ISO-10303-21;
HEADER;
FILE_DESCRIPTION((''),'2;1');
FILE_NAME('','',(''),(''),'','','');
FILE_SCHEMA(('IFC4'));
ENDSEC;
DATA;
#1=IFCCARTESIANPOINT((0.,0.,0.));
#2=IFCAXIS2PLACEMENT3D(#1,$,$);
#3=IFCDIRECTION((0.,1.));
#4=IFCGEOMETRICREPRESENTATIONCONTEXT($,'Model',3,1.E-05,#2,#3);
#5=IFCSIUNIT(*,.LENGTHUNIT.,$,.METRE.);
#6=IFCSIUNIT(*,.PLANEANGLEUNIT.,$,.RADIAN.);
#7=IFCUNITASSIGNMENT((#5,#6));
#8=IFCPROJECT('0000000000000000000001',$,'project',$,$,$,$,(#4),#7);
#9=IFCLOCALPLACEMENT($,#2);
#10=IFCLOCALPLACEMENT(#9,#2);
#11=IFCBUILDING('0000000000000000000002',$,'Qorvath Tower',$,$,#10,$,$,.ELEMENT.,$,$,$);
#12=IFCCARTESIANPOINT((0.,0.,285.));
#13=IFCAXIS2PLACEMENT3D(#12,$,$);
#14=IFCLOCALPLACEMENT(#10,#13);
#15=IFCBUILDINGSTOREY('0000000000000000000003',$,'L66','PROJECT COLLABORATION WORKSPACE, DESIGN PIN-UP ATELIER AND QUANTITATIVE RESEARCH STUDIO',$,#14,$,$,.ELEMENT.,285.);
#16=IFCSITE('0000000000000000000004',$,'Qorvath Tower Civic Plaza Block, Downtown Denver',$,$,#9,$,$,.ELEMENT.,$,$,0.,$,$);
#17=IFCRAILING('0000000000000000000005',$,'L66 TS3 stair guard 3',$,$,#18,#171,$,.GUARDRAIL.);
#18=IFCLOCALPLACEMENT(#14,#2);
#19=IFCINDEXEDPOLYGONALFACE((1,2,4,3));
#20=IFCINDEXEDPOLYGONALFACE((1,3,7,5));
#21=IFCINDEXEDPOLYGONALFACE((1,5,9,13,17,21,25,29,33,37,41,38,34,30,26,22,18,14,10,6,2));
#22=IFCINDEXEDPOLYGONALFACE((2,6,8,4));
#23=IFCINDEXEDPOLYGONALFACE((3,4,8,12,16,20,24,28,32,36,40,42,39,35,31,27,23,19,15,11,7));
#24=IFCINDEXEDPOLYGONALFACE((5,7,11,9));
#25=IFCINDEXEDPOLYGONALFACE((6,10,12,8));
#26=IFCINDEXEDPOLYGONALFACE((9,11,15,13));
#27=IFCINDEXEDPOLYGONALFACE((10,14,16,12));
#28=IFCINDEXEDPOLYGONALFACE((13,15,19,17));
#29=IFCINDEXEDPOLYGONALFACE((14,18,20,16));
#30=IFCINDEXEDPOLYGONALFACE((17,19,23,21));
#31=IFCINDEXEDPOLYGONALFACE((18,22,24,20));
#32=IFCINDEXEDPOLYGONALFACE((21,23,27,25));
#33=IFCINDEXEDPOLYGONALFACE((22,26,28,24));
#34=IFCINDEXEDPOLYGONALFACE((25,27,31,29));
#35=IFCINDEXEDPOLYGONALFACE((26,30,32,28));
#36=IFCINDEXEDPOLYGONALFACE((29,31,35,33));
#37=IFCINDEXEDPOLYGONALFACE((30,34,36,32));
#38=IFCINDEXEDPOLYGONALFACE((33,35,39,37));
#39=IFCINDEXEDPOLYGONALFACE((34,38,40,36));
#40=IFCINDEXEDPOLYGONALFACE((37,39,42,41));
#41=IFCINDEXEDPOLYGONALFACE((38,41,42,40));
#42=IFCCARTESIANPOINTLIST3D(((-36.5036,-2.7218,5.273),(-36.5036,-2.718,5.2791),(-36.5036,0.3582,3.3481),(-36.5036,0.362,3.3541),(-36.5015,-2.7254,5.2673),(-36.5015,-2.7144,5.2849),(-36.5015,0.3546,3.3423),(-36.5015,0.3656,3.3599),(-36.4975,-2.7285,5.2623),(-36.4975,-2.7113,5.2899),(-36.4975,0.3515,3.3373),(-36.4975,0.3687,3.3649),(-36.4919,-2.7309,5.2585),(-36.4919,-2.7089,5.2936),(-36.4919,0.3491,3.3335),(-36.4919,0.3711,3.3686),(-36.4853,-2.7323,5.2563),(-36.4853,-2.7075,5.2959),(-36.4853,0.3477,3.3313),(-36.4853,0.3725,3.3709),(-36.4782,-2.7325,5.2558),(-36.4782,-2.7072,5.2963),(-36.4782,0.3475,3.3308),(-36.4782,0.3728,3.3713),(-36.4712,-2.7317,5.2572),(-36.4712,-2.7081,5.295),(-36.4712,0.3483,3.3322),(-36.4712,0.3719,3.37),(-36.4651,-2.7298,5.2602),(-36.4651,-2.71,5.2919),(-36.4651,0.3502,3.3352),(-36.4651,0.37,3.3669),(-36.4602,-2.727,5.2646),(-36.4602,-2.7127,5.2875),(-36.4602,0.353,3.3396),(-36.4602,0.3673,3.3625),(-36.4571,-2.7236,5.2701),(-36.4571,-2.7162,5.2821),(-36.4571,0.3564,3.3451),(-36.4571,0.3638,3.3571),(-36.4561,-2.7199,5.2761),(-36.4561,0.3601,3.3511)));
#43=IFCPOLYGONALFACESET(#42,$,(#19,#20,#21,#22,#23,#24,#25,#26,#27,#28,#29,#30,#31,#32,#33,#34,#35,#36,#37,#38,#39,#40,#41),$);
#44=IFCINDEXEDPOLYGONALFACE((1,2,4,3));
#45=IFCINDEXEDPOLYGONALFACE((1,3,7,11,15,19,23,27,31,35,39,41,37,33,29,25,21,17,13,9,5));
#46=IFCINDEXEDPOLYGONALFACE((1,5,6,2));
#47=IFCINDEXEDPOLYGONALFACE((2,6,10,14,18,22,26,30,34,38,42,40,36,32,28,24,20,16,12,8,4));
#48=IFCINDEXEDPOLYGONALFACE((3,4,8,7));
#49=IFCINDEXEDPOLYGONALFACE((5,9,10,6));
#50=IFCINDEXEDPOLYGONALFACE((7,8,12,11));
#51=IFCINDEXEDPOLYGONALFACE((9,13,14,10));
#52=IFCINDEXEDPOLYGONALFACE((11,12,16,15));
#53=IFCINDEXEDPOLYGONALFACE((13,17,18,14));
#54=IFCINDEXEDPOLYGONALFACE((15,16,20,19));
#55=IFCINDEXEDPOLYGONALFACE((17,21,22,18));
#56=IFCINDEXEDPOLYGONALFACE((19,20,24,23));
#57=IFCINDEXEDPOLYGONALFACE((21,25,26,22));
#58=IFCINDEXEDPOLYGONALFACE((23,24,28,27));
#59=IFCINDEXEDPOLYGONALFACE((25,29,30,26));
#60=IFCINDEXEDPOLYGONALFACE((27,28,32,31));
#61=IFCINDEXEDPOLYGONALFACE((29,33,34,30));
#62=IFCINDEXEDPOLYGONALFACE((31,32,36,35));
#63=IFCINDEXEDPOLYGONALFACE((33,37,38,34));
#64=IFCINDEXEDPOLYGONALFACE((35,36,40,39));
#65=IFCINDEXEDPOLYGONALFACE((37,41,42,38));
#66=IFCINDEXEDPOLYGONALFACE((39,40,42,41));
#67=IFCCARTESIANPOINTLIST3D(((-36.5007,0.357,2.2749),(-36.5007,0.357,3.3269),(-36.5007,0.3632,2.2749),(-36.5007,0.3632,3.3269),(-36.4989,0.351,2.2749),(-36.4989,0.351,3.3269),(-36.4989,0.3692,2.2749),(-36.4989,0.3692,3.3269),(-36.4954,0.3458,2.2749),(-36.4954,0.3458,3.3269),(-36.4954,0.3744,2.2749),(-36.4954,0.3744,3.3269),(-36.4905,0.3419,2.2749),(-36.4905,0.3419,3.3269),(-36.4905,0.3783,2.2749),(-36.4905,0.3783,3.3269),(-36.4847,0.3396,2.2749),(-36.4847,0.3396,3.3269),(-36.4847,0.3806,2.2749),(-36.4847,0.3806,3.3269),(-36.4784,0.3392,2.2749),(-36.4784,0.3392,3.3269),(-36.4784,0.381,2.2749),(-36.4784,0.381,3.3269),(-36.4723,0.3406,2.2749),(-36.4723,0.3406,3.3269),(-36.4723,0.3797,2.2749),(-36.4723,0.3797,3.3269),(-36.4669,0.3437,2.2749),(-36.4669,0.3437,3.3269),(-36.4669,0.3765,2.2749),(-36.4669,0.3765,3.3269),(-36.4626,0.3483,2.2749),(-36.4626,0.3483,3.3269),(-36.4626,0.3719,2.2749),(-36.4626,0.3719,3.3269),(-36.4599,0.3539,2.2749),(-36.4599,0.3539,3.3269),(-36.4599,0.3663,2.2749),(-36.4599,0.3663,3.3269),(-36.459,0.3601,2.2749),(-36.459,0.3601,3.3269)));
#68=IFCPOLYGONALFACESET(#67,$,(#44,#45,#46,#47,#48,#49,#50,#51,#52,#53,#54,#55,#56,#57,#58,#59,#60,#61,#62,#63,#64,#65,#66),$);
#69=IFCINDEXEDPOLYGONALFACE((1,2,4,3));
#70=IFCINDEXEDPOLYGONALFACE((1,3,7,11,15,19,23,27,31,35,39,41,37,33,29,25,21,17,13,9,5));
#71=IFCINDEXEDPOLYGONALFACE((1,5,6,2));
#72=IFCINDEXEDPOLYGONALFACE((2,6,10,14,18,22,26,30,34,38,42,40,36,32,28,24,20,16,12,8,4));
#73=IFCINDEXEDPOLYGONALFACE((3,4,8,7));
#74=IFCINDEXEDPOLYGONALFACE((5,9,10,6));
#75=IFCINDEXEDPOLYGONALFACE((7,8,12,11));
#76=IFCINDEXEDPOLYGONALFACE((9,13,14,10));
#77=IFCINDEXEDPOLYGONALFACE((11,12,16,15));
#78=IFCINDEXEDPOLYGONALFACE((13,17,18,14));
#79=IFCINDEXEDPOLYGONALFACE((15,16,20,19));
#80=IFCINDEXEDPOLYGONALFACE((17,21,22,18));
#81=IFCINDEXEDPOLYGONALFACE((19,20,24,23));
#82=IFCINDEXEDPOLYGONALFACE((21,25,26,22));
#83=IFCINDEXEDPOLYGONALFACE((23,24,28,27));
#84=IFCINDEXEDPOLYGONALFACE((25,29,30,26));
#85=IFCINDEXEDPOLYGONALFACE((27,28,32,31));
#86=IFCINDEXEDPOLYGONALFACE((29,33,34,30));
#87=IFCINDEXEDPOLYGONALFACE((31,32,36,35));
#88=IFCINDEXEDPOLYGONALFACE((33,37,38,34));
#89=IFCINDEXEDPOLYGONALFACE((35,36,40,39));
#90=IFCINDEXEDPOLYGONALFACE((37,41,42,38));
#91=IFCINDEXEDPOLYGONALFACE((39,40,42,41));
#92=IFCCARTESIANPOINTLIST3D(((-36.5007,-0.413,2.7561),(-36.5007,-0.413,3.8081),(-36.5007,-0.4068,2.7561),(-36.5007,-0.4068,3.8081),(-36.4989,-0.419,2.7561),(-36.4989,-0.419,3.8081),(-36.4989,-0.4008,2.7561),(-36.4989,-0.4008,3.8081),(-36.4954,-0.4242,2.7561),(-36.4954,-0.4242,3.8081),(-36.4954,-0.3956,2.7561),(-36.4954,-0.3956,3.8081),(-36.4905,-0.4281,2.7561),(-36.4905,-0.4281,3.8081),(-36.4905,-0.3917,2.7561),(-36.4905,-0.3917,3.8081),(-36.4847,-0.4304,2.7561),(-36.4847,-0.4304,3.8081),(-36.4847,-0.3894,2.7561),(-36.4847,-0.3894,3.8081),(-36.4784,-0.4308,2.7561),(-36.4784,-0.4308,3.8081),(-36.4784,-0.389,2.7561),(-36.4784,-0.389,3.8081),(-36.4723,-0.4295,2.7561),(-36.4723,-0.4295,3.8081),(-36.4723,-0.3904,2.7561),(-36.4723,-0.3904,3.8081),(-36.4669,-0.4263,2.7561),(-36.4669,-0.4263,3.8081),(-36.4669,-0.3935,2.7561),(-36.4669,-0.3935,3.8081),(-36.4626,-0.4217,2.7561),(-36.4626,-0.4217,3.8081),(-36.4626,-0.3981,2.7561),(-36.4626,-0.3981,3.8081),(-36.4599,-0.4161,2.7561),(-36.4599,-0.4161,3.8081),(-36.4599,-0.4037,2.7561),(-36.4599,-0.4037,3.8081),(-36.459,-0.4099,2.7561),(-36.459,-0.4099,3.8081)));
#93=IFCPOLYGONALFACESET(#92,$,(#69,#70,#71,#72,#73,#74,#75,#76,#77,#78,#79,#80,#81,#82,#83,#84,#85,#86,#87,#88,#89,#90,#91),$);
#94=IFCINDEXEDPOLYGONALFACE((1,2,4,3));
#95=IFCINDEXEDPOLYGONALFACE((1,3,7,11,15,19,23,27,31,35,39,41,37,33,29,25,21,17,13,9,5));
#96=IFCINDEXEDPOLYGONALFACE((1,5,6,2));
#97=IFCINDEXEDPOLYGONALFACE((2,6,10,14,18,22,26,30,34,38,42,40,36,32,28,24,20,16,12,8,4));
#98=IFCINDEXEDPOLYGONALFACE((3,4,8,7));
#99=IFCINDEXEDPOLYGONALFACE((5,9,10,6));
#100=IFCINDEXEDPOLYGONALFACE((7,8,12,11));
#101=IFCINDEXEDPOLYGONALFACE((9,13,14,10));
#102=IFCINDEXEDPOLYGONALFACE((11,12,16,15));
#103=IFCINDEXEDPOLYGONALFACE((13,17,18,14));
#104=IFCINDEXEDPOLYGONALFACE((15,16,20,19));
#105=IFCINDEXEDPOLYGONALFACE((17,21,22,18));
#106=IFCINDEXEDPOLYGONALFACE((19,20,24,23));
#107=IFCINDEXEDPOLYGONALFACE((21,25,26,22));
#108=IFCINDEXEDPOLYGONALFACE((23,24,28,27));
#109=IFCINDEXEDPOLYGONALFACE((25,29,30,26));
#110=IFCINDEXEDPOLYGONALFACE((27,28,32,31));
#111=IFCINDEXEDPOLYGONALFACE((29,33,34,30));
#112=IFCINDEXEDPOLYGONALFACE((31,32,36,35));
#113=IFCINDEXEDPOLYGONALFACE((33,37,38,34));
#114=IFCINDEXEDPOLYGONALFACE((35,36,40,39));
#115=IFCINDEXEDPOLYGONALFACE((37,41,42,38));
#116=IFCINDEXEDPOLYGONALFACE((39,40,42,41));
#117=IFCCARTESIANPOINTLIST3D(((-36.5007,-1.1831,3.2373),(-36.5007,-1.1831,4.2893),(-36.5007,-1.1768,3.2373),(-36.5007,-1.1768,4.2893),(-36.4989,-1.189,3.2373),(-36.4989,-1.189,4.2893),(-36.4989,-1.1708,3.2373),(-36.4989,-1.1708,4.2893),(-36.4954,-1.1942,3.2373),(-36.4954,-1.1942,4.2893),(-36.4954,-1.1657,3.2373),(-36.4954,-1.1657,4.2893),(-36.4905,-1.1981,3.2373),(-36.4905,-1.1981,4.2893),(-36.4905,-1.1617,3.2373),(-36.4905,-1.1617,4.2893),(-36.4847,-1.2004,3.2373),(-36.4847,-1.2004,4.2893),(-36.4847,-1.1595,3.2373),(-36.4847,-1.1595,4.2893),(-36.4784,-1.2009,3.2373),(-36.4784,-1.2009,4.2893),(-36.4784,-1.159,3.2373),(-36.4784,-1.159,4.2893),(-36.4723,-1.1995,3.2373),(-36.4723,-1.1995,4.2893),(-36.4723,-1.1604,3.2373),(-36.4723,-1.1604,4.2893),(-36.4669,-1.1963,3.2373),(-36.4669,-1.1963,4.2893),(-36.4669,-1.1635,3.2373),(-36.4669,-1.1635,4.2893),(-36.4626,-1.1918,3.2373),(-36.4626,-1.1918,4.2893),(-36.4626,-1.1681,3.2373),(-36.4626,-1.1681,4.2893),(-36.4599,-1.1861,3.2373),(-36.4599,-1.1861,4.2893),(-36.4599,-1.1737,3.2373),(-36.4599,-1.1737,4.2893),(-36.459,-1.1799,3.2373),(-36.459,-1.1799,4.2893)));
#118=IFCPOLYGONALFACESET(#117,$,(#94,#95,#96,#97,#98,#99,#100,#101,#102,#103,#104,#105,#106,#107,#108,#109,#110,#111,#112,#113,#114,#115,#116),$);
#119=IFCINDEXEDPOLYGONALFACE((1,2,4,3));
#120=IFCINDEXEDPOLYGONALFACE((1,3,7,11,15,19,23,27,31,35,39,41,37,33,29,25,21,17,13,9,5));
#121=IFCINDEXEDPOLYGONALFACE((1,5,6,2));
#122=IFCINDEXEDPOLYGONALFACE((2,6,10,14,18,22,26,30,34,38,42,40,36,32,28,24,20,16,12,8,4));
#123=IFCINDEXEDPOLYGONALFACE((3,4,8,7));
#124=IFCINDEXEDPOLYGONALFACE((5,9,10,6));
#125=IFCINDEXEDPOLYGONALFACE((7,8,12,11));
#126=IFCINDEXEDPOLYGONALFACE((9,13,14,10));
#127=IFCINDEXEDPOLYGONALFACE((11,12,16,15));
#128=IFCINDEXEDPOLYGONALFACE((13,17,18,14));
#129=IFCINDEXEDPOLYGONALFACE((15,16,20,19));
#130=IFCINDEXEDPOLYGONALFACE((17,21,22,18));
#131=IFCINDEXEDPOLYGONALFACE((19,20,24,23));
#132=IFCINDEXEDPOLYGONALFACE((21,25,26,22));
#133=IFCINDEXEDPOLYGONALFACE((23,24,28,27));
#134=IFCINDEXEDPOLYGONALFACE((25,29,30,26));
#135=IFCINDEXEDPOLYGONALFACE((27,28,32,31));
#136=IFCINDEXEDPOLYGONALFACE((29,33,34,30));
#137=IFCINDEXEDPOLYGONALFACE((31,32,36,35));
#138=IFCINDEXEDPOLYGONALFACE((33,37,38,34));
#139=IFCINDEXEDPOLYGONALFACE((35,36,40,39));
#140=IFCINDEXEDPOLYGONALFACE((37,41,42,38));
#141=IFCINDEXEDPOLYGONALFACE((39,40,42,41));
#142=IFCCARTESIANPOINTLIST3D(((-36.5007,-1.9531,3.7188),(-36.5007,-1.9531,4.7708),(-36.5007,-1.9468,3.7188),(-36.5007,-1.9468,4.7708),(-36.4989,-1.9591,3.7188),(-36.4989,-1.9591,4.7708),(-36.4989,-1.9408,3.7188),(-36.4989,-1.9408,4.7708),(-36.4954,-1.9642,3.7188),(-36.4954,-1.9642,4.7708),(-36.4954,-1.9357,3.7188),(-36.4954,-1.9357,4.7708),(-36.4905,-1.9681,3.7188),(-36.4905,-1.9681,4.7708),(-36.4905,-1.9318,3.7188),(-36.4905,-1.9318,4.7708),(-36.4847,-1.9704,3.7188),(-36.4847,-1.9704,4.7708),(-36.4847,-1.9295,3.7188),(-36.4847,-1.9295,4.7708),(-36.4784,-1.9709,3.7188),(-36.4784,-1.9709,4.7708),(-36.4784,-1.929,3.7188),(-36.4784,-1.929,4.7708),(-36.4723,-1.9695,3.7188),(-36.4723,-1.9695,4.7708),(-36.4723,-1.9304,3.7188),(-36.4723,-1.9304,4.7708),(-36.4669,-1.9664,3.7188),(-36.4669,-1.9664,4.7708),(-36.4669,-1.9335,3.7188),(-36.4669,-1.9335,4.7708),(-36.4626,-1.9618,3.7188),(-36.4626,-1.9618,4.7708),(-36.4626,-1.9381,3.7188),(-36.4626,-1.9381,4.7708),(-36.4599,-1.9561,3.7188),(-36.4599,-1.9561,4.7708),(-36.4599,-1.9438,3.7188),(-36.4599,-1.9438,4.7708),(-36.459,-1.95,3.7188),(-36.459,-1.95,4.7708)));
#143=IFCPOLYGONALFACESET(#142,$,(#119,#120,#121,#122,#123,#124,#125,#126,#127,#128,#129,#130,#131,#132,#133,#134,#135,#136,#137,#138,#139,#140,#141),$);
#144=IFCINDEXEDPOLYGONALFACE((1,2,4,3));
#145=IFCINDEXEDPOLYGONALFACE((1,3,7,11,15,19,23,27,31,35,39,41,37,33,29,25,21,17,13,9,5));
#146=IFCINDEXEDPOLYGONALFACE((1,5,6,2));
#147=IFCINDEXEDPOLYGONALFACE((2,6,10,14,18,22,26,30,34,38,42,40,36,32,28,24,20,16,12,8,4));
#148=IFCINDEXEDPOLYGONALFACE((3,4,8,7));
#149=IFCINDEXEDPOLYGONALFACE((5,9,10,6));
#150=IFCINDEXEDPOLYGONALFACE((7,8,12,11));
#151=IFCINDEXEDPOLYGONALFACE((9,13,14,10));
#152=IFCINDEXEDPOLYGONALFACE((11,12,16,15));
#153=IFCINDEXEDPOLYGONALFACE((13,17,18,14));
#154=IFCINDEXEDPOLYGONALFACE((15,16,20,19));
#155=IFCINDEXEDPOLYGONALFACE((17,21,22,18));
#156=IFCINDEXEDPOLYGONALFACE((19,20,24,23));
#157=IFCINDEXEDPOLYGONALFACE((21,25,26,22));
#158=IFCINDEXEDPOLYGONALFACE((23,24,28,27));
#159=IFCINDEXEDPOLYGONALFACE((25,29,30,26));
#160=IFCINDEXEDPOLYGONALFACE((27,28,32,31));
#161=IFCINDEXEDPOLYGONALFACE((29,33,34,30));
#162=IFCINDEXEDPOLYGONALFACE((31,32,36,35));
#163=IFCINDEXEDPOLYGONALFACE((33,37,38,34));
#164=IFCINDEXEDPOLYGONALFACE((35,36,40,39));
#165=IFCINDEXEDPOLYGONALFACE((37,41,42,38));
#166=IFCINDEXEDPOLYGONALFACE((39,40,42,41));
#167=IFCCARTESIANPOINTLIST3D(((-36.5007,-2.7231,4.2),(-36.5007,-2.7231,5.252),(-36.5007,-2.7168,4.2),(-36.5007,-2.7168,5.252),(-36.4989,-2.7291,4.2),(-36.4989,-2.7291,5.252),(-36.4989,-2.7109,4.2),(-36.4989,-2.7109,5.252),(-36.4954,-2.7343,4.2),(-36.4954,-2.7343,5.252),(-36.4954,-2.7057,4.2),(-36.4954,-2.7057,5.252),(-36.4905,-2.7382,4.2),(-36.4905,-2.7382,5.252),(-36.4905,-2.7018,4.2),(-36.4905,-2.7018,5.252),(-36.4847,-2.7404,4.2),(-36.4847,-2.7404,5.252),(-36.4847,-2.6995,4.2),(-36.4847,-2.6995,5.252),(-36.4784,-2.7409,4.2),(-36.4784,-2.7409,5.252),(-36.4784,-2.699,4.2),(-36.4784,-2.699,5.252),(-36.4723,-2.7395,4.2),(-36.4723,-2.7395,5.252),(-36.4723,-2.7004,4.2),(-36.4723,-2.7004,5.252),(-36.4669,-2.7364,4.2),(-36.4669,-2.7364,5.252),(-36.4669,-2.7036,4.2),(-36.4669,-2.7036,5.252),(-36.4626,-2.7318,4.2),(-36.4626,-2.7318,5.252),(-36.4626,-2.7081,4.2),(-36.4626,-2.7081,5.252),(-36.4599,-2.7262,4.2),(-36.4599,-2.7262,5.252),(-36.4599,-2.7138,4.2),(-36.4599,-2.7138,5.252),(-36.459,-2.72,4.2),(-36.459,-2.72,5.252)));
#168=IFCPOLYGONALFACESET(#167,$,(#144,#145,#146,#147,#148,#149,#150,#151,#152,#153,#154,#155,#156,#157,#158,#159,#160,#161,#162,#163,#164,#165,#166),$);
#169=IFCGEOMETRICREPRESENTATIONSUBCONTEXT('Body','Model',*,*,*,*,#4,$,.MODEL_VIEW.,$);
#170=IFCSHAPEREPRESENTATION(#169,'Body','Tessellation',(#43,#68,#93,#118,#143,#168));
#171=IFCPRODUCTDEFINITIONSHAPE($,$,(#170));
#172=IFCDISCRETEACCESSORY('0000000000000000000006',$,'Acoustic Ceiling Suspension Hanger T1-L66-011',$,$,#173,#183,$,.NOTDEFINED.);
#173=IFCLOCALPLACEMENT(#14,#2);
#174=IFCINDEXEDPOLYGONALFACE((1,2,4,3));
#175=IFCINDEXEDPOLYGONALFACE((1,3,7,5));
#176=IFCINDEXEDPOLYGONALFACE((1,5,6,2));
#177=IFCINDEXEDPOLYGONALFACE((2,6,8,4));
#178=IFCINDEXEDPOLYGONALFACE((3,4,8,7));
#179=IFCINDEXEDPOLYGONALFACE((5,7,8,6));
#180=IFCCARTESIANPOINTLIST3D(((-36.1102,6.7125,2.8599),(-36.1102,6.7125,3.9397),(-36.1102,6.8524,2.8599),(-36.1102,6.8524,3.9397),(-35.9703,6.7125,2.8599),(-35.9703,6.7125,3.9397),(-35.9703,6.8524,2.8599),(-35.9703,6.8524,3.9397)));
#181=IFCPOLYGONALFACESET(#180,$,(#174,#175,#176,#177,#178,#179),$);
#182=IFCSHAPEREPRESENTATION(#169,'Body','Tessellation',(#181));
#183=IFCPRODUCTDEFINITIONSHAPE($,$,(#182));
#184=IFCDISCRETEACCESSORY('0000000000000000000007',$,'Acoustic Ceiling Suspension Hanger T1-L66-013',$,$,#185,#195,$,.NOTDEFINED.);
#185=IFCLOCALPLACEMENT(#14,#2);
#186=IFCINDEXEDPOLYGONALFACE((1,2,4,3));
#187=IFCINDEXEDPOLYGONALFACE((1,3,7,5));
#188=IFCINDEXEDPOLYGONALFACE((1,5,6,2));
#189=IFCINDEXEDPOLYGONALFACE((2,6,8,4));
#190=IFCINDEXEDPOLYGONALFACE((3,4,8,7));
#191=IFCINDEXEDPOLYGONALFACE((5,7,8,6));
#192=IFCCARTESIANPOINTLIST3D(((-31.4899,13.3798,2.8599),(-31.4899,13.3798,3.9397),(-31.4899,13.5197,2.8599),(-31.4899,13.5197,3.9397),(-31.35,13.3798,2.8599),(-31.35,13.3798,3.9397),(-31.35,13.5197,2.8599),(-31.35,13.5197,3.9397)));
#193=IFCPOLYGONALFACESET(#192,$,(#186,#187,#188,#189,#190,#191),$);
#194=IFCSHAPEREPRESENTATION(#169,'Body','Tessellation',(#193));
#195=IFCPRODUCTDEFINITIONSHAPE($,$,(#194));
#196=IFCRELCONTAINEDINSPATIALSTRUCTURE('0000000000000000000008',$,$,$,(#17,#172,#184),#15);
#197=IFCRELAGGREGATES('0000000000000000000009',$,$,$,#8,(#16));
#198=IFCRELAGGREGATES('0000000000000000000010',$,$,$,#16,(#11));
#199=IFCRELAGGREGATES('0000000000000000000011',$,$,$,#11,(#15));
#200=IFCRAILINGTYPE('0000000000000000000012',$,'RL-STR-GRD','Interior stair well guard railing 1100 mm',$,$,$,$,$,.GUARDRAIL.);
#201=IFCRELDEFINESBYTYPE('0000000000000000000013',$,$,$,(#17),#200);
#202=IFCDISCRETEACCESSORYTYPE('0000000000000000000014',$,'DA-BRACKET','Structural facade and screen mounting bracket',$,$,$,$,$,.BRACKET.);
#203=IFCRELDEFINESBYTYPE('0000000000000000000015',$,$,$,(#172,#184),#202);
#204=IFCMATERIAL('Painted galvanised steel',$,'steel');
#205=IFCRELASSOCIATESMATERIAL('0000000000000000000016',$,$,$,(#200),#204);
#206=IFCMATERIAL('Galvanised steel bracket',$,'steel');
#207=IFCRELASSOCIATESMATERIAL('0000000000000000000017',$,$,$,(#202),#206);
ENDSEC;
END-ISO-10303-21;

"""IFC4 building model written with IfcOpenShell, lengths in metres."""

from ifc_helpers import new_model, si_unit, direction, frame, origin, origin_2d, place, context, subcontext, project, spatial, rectangle, circle, extrude, material, type_object, element, save


model = new_model("IFC4")

# Units and contexts
model_context = context("Model", 3, precision=1e-05, world=origin(), true_north=direction((0.0, 1.0)))
body_context = subcontext(model_context, "Body", "Model", "MODEL_VIEW")
ifc_project = project(units=[si_unit("LENGTHUNIT", "METRE"), si_unit("PLANEANGLEUNIT", "RADIAN")], contexts=[model_context])

# Site, building, storey
site_placement = place(None, origin())
site = spatial("IfcSite", under=ifc_project, at=site_placement, Name="Qorvath Tower Civic Plaza Block, Downtown Denver", CompositionType="ELEMENT", RefElevation=0.0)
building_placement = place(site_placement, origin())
building = spatial("IfcBuilding", under=site, at=building_placement, Name="Qorvath Tower", CompositionType="ELEMENT")
storey_placement = place(building_placement, frame((0.0, 0.0, 285.0)))
storey = spatial("IfcBuildingStorey", under=building, at=storey_placement, Name="L66", Description="PROJECT COLLABORATION WORKSPACE, DESIGN PIN-UP ATELIER AND QUANTITATIVE RESEARCH STUDIO", CompositionType="ELEMENT", Elevation=285.0)

# Railing
ifc_material_1 = material(Name="Painted galvanised steel", Category="steel")
railing_type = type_object("IfcRailingType", Name="RL-STR-GRD", Description="Interior stair well guard railing 1100 mm", PredefinedType="GUARDRAIL", material=ifc_material_1)
railing_1_placement = place(storey_placement, frame((-36.48, 0.3601, 2.2749)))
element("IfcRailing", 1, at=railing_1_placement, inside=storey, type_object=railing_type, Name="L66 TS3 stair guard 3", PredefinedType="GUARDRAIL", context=body_context, shape_type="SweptSolid", body=[
    extrude(circle(Radius=0.0239, at=origin_2d()), frame((0.0, 0.0, 1.0762), z_axis=(0.0, -0.847998, 0.529999), x_axis=(1.0, 0.0, 0.0)), (0.0, 0.0, 1.0), 3.6321),
    extrude(circle(Radius=0.021, at=origin_2d()), origin(), (0.0, 0.0, 1.0), 1.052),
    extrude(circle(Radius=0.021, at=origin_2d()), frame((0.0, -0.77, 0.4812)), (0.0, 0.0, 1.0), 1.052),
    extrude(circle(Radius=0.021, at=origin_2d()), frame((0.0, -1.54, 0.9624)), (0.0, 0.0, 1.0), 1.052),
    extrude(circle(Radius=0.021, at=origin_2d()), frame((0.0, -2.3101, 1.4438)), (0.0, 0.0, 1.0), 1.052),
    extrude(circle(Radius=0.021, at=origin_2d()), frame((0.0, -3.0801, 1.925)), (0.0, 0.0, 1.0), 1.052),
])

# Discrete accessories
ifc_material_2 = material(Name="Galvanised steel bracket", Category="steel")
discrete_accessory_type = type_object("IfcDiscreteAccessoryType", Name="DA-BRACKET", Description="Structural facade and screen mounting bracket", PredefinedType="BRACKET", material=ifc_material_2)
for number, where, z_axis, x_axis, name in (
    (2, (-36.0403, 6.7825, 2.8599), (0.0, 0.0, 1.0), (1.0, 0.0, 0.0), "Acoustic Ceiling Suspension Hanger T1-L66-011"),
    (3, (-31.4199, 13.4497, 2.8599), (0.0, 0.0, 1.0), (1.0, 0.0, 0.0), "Acoustic Ceiling Suspension Hanger T1-L66-013"),
):
    element("IfcDiscreteAccessory", number, at=place(storey_placement, frame(where, z_axis=z_axis, x_axis=x_axis)), inside=storey, type_object=discrete_accessory_type, Name=name, PredefinedType="NOTDEFINED", context=body_context, shape_type="SweptSolid", body=[
        extrude(rectangle(XDim=0.1399, YDim=0.1399, at=origin_2d()), origin(), (0.0, 0.0, 1.0), 1.0798),
    ])

save(model, "model.ifc")
